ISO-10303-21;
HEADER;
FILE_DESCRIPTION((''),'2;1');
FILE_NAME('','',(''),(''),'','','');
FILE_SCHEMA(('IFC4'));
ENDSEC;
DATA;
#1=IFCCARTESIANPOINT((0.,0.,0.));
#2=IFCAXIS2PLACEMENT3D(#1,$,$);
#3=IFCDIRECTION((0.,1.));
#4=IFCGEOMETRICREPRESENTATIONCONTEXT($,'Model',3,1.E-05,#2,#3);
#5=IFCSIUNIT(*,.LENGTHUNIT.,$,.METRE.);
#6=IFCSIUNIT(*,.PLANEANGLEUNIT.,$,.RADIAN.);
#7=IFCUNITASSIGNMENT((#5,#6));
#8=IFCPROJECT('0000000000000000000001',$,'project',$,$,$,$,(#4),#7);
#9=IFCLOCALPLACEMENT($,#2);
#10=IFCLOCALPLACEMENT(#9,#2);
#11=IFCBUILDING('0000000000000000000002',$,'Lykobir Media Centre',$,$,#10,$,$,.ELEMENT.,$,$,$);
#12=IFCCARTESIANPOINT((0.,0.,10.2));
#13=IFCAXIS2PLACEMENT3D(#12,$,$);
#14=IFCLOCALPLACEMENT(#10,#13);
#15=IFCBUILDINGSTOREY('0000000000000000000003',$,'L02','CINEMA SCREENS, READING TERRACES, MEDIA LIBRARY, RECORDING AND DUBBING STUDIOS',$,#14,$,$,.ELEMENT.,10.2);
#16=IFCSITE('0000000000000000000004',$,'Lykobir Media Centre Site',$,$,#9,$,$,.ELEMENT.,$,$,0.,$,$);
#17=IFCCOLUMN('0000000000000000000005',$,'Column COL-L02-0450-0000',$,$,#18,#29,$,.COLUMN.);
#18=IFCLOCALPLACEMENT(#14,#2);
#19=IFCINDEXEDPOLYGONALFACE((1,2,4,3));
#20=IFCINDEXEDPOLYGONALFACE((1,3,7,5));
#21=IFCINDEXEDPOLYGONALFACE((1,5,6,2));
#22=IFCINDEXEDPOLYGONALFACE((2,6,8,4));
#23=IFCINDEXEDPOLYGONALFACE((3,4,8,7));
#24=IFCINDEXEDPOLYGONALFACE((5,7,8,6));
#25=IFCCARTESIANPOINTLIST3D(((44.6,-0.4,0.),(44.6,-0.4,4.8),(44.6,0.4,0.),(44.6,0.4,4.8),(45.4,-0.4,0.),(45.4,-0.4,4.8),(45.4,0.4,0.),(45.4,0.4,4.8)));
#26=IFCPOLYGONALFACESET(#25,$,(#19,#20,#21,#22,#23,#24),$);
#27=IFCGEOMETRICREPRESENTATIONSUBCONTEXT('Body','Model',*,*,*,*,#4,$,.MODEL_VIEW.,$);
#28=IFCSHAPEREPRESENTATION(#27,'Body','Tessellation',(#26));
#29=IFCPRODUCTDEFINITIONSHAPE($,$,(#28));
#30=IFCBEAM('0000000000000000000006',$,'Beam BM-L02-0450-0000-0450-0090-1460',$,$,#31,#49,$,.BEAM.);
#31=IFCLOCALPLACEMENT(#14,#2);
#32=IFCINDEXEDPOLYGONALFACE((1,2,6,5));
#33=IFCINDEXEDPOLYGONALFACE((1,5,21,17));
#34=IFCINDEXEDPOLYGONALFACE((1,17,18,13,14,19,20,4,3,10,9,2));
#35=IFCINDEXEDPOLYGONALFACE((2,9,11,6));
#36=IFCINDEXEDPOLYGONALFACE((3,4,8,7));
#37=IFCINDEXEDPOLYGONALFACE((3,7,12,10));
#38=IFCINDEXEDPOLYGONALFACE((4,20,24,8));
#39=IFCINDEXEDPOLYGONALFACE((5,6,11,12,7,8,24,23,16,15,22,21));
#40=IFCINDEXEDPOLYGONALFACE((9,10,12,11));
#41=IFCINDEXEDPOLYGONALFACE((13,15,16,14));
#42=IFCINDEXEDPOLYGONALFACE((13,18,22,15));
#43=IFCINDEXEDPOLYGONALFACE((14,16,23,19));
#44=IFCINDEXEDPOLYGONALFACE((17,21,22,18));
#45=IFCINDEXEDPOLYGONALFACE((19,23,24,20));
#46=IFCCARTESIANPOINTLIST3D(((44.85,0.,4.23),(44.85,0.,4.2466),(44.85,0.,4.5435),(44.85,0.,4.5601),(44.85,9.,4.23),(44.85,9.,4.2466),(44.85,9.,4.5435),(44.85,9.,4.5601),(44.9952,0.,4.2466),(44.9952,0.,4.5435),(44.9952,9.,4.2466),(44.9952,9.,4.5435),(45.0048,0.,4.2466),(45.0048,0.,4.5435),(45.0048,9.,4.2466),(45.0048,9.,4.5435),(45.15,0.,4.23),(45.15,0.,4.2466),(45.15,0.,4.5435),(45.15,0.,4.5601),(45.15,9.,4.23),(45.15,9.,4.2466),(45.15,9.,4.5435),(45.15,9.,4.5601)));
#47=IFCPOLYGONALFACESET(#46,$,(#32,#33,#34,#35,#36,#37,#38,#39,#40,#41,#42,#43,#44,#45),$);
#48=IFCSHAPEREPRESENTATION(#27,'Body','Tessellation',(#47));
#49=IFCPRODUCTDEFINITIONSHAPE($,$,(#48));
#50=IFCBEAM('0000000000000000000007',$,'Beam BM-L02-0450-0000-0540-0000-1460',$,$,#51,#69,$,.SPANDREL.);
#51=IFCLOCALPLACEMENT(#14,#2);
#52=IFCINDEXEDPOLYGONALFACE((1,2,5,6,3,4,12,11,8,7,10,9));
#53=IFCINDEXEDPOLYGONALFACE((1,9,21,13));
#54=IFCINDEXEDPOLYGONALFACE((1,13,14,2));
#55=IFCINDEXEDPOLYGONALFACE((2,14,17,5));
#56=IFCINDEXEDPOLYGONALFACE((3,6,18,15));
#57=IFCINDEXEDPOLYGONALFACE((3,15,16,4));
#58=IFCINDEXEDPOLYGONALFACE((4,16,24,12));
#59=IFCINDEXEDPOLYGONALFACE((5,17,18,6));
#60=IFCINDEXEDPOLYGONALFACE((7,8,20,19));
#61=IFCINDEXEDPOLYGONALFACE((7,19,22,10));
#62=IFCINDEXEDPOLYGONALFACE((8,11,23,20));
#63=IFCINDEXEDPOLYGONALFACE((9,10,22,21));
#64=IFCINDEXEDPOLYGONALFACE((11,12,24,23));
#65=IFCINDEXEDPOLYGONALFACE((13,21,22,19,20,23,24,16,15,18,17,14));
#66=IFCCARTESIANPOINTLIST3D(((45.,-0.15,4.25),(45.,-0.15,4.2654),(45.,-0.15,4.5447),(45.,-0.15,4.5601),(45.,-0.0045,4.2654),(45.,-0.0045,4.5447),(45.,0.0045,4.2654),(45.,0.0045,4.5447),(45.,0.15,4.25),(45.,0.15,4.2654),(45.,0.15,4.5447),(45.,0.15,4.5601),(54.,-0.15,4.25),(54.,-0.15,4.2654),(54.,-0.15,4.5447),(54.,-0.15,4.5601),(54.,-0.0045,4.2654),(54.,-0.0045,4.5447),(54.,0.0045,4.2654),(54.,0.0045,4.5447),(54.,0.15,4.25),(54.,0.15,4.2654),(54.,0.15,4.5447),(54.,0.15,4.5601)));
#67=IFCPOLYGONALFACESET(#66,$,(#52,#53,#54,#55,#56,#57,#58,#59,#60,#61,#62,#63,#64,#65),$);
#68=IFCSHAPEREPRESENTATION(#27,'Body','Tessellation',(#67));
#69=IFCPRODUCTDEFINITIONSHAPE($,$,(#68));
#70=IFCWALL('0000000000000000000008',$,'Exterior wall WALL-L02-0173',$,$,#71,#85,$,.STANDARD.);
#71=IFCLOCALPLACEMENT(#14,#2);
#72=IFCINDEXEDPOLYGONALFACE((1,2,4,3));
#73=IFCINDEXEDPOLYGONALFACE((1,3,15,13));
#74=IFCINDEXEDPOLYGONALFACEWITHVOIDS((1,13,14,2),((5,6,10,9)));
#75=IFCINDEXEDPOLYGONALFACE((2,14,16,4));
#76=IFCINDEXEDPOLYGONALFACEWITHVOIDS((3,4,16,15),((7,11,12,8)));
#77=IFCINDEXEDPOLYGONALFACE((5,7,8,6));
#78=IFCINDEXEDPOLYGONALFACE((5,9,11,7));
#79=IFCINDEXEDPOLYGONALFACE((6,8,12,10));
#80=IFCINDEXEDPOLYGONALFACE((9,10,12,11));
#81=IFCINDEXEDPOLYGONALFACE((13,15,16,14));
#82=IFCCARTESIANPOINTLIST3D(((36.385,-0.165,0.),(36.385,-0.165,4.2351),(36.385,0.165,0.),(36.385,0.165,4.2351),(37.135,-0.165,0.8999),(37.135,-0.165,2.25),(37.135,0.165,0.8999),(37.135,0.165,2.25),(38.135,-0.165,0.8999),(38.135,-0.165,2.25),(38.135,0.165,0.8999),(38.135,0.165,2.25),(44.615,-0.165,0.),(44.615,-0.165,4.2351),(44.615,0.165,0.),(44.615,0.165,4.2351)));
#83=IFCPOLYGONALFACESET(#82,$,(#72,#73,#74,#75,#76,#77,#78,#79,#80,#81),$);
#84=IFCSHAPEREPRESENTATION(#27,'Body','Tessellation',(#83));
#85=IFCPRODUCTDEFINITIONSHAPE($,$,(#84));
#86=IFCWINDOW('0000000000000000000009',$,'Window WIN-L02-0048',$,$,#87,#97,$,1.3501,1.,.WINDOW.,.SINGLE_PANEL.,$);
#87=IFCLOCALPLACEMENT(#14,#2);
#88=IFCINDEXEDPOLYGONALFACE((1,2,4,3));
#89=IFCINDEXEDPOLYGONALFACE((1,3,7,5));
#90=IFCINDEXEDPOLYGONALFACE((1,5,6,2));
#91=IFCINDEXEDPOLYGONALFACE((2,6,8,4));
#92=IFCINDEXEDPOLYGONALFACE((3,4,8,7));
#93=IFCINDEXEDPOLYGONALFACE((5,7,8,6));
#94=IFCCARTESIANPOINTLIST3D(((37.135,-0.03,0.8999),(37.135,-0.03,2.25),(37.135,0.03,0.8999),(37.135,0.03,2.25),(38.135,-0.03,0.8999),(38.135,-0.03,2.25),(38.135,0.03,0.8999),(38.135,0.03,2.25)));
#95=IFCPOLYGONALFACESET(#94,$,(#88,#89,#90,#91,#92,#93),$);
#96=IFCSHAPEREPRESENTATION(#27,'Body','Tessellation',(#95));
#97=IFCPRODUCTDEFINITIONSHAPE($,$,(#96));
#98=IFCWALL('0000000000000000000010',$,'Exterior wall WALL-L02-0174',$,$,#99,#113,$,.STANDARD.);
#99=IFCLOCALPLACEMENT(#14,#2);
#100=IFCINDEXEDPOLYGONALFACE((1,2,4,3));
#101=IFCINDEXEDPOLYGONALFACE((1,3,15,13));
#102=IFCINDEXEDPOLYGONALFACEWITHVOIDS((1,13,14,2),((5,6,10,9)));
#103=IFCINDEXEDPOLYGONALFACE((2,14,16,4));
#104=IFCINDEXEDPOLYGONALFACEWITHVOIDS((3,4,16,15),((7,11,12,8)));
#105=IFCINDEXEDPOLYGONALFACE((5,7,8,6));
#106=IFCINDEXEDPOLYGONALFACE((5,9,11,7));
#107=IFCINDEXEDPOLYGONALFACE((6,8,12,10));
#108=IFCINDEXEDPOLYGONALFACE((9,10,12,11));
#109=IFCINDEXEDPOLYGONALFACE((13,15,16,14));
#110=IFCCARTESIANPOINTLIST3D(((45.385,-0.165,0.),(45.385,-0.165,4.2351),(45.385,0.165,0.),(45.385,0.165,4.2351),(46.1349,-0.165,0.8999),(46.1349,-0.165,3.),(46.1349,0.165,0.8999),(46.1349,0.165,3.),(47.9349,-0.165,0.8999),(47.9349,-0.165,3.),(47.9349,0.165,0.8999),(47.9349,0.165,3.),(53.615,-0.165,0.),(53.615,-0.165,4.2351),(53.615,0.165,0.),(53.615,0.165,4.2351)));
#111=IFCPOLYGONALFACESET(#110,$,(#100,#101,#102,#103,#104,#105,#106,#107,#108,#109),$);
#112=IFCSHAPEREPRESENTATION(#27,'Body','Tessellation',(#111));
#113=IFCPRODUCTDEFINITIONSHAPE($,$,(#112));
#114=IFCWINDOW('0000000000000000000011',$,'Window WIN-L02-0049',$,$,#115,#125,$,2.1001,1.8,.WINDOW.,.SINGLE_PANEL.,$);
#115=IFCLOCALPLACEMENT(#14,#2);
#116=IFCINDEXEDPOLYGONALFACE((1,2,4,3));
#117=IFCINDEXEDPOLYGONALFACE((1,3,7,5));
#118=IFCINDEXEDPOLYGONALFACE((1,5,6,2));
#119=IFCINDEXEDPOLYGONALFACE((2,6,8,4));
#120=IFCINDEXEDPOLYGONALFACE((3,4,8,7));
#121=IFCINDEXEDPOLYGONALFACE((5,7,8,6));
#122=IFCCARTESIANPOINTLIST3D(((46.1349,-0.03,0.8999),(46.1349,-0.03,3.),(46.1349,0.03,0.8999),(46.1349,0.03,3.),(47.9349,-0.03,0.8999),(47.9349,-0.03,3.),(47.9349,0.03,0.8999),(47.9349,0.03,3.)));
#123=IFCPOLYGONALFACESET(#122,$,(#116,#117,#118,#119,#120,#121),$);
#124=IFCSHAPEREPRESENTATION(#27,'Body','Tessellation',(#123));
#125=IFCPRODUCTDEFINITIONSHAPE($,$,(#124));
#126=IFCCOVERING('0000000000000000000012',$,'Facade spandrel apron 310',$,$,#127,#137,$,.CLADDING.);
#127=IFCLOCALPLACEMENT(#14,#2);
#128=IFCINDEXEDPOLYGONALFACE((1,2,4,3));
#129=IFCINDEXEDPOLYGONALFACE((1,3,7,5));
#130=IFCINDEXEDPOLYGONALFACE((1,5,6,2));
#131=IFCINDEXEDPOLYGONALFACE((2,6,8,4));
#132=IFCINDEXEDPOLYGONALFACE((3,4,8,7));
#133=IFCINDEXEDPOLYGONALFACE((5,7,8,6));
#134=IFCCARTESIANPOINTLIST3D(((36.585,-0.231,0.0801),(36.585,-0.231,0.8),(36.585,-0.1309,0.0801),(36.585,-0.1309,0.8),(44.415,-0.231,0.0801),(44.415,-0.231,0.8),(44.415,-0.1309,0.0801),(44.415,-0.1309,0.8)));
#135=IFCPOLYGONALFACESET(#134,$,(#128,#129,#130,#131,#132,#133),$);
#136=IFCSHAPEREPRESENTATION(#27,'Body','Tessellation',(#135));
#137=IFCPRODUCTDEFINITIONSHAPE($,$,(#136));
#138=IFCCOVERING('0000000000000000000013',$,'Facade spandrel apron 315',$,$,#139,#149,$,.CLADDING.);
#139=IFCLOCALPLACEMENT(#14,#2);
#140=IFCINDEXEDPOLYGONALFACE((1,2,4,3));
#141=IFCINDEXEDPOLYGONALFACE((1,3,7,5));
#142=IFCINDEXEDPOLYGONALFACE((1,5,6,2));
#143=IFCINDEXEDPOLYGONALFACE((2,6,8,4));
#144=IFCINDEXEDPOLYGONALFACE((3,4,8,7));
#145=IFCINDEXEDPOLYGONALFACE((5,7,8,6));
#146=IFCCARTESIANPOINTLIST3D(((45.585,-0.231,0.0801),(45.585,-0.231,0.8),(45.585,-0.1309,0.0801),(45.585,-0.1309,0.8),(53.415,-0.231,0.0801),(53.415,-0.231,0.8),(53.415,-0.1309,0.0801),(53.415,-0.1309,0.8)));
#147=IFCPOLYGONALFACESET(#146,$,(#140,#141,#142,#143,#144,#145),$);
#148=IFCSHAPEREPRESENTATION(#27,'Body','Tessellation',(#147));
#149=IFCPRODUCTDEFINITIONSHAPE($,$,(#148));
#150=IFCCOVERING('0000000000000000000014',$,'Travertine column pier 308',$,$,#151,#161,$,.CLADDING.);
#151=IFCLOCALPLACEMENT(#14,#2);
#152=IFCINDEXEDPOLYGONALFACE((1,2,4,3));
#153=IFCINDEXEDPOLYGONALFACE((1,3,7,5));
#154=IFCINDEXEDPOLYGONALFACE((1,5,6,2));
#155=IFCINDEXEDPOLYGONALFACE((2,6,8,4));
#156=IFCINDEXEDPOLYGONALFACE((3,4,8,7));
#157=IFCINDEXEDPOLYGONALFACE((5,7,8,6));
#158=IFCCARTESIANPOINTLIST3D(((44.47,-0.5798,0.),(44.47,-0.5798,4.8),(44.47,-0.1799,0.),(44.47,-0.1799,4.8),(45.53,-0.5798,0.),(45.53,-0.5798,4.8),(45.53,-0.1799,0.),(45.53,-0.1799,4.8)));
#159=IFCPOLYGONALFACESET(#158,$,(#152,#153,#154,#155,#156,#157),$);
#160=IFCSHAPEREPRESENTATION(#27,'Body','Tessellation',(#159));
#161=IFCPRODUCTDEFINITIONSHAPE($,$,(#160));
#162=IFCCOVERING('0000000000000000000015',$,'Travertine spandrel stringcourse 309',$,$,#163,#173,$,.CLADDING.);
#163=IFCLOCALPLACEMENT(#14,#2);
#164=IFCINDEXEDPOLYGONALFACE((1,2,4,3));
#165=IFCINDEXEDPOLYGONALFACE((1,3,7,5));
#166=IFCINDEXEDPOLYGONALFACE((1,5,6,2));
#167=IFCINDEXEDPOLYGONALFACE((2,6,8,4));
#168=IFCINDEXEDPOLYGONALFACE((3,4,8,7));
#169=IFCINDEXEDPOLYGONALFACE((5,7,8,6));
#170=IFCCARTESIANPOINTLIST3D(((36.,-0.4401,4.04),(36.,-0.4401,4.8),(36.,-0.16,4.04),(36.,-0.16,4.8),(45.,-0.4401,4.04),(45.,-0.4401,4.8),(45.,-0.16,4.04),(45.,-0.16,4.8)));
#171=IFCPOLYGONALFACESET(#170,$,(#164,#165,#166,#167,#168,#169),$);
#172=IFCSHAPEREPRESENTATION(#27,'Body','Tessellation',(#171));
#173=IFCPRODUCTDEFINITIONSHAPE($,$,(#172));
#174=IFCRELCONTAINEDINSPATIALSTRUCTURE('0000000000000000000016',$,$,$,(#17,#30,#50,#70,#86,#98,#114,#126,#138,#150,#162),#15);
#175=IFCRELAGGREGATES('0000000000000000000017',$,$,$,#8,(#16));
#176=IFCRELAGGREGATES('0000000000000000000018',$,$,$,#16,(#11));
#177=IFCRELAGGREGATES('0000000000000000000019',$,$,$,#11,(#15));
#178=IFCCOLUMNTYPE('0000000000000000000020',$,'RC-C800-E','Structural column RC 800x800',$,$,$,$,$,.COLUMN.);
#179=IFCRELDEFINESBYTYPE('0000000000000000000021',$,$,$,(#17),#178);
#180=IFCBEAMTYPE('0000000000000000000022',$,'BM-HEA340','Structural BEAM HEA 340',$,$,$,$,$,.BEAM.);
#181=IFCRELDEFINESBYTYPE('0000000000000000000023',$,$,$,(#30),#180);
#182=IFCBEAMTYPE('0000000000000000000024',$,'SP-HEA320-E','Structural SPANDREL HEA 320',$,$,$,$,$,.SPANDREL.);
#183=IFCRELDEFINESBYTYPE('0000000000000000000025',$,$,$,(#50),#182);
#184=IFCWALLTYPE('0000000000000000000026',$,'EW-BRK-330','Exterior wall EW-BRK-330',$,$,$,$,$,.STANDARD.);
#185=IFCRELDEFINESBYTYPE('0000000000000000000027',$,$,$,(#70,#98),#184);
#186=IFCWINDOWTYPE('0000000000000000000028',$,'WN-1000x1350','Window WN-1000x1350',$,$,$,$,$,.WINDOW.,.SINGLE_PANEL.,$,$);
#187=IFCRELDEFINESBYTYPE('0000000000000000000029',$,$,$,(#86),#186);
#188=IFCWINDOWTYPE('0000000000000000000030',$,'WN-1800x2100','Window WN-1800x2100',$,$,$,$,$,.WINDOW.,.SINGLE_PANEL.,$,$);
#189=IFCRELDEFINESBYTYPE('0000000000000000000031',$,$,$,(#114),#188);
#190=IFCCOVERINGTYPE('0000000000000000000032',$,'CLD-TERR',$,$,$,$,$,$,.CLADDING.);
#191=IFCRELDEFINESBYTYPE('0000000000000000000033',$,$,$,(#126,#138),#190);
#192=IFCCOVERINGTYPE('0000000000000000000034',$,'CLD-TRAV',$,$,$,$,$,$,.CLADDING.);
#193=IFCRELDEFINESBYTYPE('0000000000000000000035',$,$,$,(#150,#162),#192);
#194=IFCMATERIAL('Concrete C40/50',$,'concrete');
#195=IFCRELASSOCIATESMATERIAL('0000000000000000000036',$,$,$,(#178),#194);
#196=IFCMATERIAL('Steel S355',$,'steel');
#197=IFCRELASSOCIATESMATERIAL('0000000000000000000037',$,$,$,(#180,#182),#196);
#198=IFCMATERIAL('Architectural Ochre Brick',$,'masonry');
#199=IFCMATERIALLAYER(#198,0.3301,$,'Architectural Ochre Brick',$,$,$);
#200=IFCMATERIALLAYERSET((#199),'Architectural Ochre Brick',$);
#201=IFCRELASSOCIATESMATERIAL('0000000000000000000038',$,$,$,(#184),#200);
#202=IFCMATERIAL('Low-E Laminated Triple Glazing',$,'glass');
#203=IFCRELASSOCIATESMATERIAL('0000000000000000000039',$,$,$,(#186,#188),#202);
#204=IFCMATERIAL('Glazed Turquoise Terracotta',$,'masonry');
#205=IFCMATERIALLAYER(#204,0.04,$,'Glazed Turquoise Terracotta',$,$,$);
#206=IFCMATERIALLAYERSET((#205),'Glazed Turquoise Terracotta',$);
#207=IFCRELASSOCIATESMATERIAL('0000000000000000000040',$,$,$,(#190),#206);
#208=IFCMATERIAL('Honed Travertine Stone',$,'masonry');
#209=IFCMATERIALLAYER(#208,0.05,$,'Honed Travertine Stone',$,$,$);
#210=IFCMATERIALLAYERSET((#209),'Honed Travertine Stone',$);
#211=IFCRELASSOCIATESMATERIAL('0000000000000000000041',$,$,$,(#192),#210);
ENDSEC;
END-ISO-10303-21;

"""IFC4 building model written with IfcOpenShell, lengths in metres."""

from ifc_helpers import new_model, si_unit, direction, frame, frame_2d, origin, origin_2d, place, context, subcontext, project, spatial, rectangle, i_section, extrude, material, layer, layer_set, material_profile, profile_set, type_object, element, fill, save


model = new_model("IFC4")

# Units and contexts
model_context = context("Model", 3, precision=1e-05, world=origin(), true_north=direction((0.0, 1.0)))
body_context = subcontext(model_context, "Body", "Model", "MODEL_VIEW")
ifc_project = project(units=[si_unit("LENGTHUNIT", "METRE"), si_unit("PLANEANGLEUNIT", "RADIAN")], contexts=[model_context])

# Site, building, storey
site_placement = place(None, origin())
site = spatial("IfcSite", under=ifc_project, at=site_placement, Name="Lykobir Media Centre Site", CompositionType="ELEMENT", RefElevation=0.0)
building_placement = place(site_placement, origin())
building = spatial("IfcBuilding", under=site, at=building_placement, Name="Lykobir Media Centre", CompositionType="ELEMENT")
storey_placement = place(building_placement, frame((0.0, 0.0, 10.2)))
storey = spatial("IfcBuildingStorey", under=building, at=storey_placement, Name="L02", Description="CINEMA SCREENS, READING TERRACES, MEDIA LIBRARY, RECORDING AND DUBBING STUDIOS", CompositionType="ELEMENT", Elevation=10.2)

# Column
ifc_material_1 = material(Name="Concrete C40/50", Category="concrete")
ifc_material_profile_1 = material_profile(ifc_material_1, rectangle(XDim=0.8, YDim=0.8, at=origin_2d()), Name="RC 800x800")
ifc_profile_set_1 = profile_set([ifc_material_profile_1], Name="Concrete C40/50")
column_type = type_object("IfcColumnType", Name="RC-C800-E", Description="Structural column RC 800x800", PredefinedType="COLUMN", material=ifc_profile_set_1)
column_placement = place(storey_placement, frame((45.0, 0.0, 0.0), z_axis=(0.0, 0.0, 1.0), x_axis=(1.0, 0.0, 0.0)))
element("IfcColumn", 1, at=column_placement, inside=storey, type_object=column_type, Name="Column COL-L02-0450-0000", PredefinedType="COLUMN", context=body_context, shape_type="SweptSolid", body=[
    extrude(rectangle(XDim=0.8, YDim=0.8, at=origin_2d()), origin(), (0.0, 0.0, 1.0), 4.8),
])

# Beams
ifc_material_2 = material(Name="Steel S355", Category="steel")
ifc_material_profile_2 = material_profile(ifc_material_2, i_section(OverallWidth=0.3, OverallDepth=0.3301, WebThickness=0.0095, FlangeThickness=0.0166, at=origin_2d()), Name="HEA 340")
ifc_profile_set_2 = profile_set([ifc_material_profile_2], Name="Steel S355")
beam_type_1 = type_object("IfcBeamType", Name="BM-HEA340", Description="Structural BEAM HEA 340", PredefinedType="BEAM", material=ifc_profile_set_2)
beam_1_placement = place(storey_placement, frame((45.0, 0.0, 4.395), z_axis=(0.0, 1.0, 0.0), x_axis=(-1.0, 0.0, 0.0)))
element("IfcBeam", 2, at=beam_1_placement, inside=storey, type_object=beam_type_1, Name="Beam BM-L02-0450-0000-0450-0090-1460", PredefinedType="BEAM", context=body_context, shape_type="SweptSolid", body=[
    extrude(i_section(OverallWidth=0.3, OverallDepth=0.3301, WebThickness=0.0095, FlangeThickness=0.0166, at=origin_2d()), origin(), (0.0, 0.0, 1.0), 9.0),
])
ifc_material_profile_3 = material_profile(ifc_material_2, i_section(OverallWidth=0.3, OverallDepth=0.3101, WebThickness=0.009, FlangeThickness=0.0154, at=origin_2d()), Name="HEA 320")
ifc_profile_set_3 = profile_set([ifc_material_profile_3], Name="Steel S355")
beam_type_2 = type_object("IfcBeamType", Name="SP-HEA320-E", Description="Structural SPANDREL HEA 320", PredefinedType="SPANDREL", material=ifc_profile_set_3)
beam_2_placement = place(storey_placement, frame((45.0, 0.0, 4.405), z_axis=(1.0, 0.0, 0.0), x_axis=(0.0, 1.0, 0.0)))
element("IfcBeam", 3, at=beam_2_placement, inside=storey, type_object=beam_type_2, Name="Beam BM-L02-0450-0000-0540-0000-1460", PredefinedType="SPANDREL", context=body_context, shape_type="SweptSolid", body=[
    extrude(i_section(OverallWidth=0.3, OverallDepth=0.3101, WebThickness=0.009, FlangeThickness=0.0154, at=origin_2d()), origin(), (0.0, 0.0, 1.0), 9.0),
])

# Walls, openings, windows
ifc_material_3 = material(Name="Architectural Ochre Brick", Category="masonry")
ifc_layer_1 = layer(ifc_material_3, 0.3301, Name="Architectural Ochre Brick")
ifc_layer_set_1 = layer_set([ifc_layer_1], Name="Architectural Ochre Brick")
wall_type = type_object("IfcWallType", Name="EW-BRK-330", Description="Exterior wall EW-BRK-330", PredefinedType="STANDARD", material=ifc_layer_set_1)
wall_1_placement = place(storey_placement, frame((36.385, 0.0, 0.0), z_axis=(0.0, 0.0, 1.0), x_axis=(1.0, 0.0, 0.0)))
wall_1 = element("IfcWall", 4, at=wall_1_placement, inside=storey, type_object=wall_type, Name="Exterior wall WALL-L02-0173", PredefinedType="STANDARD", context=body_context, shape_type="SweptSolid", body=[
    extrude(rectangle(XDim=8.23, YDim=0.3301, at=frame_2d((4.115, 0.0))), origin(), (0.0, 0.0, 1.0), 4.2351),
])
opening_1_placement = place(wall_1_placement, frame((0.75, 0.0, 0.8999)))
opening_1 = element("IfcOpeningElement", 5, at=opening_1_placement, cuts=wall_1, PredefinedType="OPENING", context=body_context, shape_type="SweptSolid", body=[
    extrude(rectangle(XDim=1.0, YDim=1.3501, at=frame_2d((0.5, 0.675))), frame((0.0, 0.175, 0.0), z_axis=(0.0, -1.0, 0.0), x_axis=(1.0, 0.0, 0.0)), (0.0, 0.0, 1.0), 0.3501),
])
ifc_material_4 = material(Name="Low-E Laminated Triple Glazing", Category="glass")
window_type_1 = type_object("IfcWindowType", Name="WN-1000x1350", Description="Window WN-1000x1350", PartitioningType="SINGLE_PANEL", PredefinedType="WINDOW", material=ifc_material_4)
window_1_placement = place(opening_1_placement, origin())
window_1 = element("IfcWindow", 6, at=window_1_placement, inside=storey, type_object=window_type_1, Name="Window WIN-L02-0048", OverallHeight=1.3501, OverallWidth=1.0, PartitioningType="SINGLE_PANEL", PredefinedType="WINDOW", context=body_context, shape_type="SweptSolid", body=[
    extrude(rectangle(XDim=1.0, YDim=1.3501, at=frame_2d((0.5, 0.675))), frame((0.0, 0.03, 0.0), z_axis=(0.0, -1.0, 0.0), x_axis=(1.0, 0.0, 0.0)), (0.0, 0.0, 1.0), 0.0601),
])
fill(opening_1, window_1)
wall_2_placement = place(storey_placement, frame((45.385, 0.0, 0.0), z_axis=(0.0, 0.0, 1.0), x_axis=(1.0, 0.0, 0.0)))
wall_2 = element("IfcWall", 7, at=wall_2_placement, inside=storey, type_object=wall_type, Name="Exterior wall WALL-L02-0174", PredefinedType="STANDARD", context=body_context, shape_type="SweptSolid", body=[
    extrude(rectangle(XDim=8.23, YDim=0.3301, at=frame_2d((4.115, 0.0))), origin(), (0.0, 0.0, 1.0), 4.2351),
])
opening_2_placement = place(wall_2_placement, frame((0.75, 0.0, 0.8999)))
opening_2 = element("IfcOpeningElement", 8, at=opening_2_placement, cuts=wall_2, PredefinedType="OPENING", context=body_context, shape_type="SweptSolid", body=[
    extrude(rectangle(XDim=1.8, YDim=2.1001, at=frame_2d((0.8999, 1.05))), frame((0.0, 0.175, 0.0), z_axis=(0.0, -1.0, 0.0), x_axis=(1.0, 0.0, 0.0)), (0.0, 0.0, 1.0), 0.3501),
])
window_type_2 = type_object("IfcWindowType", Name="WN-1800x2100", Description="Window WN-1800x2100", PartitioningType="SINGLE_PANEL", PredefinedType="WINDOW", material=ifc_material_4)
window_2_placement = place(opening_2_placement, origin())
window_2 = element("IfcWindow", 9, at=window_2_placement, inside=storey, type_object=window_type_2, Name="Window WIN-L02-0049", OverallHeight=2.1001, OverallWidth=1.8, PartitioningType="SINGLE_PANEL", PredefinedType="WINDOW", context=body_context, shape_type="SweptSolid", body=[
    extrude(rectangle(XDim=1.8, YDim=2.1001, at=frame_2d((0.8999, 1.05))), frame((0.0, 0.03, 0.0), z_axis=(0.0, -1.0, 0.0), x_axis=(1.0, 0.0, 0.0)), (0.0, 0.0, 1.0), 0.0601),
])
fill(opening_2, window_2)

# Coverings
ifc_material_5 = material(Name="Glazed Turquoise Terracotta", Category="masonry")
ifc_layer_2 = layer(ifc_material_5, 0.04, Name="Glazed Turquoise Terracotta")
ifc_layer_set_2 = layer_set([ifc_layer_2], Name="Glazed Turquoise Terracotta")
covering_type_1 = type_object("IfcCoveringType", Name="CLD-TERR", PredefinedType="CLADDING", material=ifc_layer_set_2)
for number, where, z_axis, x_axis, name in (
    (10, (40.5, -0.1809, 0.0801), (0.0, 0.0, 1.0), (1.0, 0.0, 0.0), "Facade spandrel apron 310"),
    (11, (49.5, -0.1809, 0.0801), (0.0, 0.0, 1.0), (1.0, 0.0, 0.0), "Facade spandrel apron 315"),
):
    element("IfcCovering", number, at=place(storey_placement, frame(where, z_axis=z_axis, x_axis=x_axis)), inside=storey, type_object=covering_type_1, Name=name, PredefinedType="CLADDING", context=body_context, shape_type="SweptSolid", body=[
        extrude(rectangle(XDim=7.8301, YDim=0.1001, at=origin_2d()), origin(), (0.0, 0.0, 1.0), 0.72),
    ])
ifc_material_6 = material(Name="Honed Travertine Stone", Category="masonry")
ifc_layer_3 = layer(ifc_material_6, 0.05, Name="Honed Travertine Stone")
ifc_layer_set_3 = layer_set([ifc_layer_3], Name="Honed Travertine Stone")
covering_type_2 = type_object("IfcCoveringType", Name="CLD-TRAV", PredefinedType="CLADDING", material=ifc_layer_set_3)
covering_1_placement = place(storey_placement, frame((45.0, -0.3799, 0.0), z_axis=(0.0, 0.0, 1.0), x_axis=(1.0, 0.0, 0.0)))
element("IfcCovering", 12, at=covering_1_placement, inside=storey, type_object=covering_type_2, Name="Travertine column pier 308", PredefinedType="CLADDING", context=body_context, shape_type="SweptSolid", body=[
    extrude(rectangle(XDim=1.0601, YDim=0.3999, at=origin_2d()), origin(), (0.0, 0.0, 1.0), 4.8),
])
covering_2_placement = place(storey_placement, frame((40.5, -0.3, 4.04), z_axis=(0.0, 0.0, 1.0), x_axis=(1.0, 0.0, 0.0)))
element("IfcCovering", 13, at=covering_2_placement, inside=storey, type_object=covering_type_2, Name="Travertine spandrel stringcourse 309", PredefinedType="CLADDING", context=body_context, shape_type="SweptSolid", body=[
    extrude(rectangle(XDim=9.0, YDim=0.28, at=origin_2d()), origin(), (0.0, 0.0, 1.0), 0.76),
])

save(model, "model.ifc")
